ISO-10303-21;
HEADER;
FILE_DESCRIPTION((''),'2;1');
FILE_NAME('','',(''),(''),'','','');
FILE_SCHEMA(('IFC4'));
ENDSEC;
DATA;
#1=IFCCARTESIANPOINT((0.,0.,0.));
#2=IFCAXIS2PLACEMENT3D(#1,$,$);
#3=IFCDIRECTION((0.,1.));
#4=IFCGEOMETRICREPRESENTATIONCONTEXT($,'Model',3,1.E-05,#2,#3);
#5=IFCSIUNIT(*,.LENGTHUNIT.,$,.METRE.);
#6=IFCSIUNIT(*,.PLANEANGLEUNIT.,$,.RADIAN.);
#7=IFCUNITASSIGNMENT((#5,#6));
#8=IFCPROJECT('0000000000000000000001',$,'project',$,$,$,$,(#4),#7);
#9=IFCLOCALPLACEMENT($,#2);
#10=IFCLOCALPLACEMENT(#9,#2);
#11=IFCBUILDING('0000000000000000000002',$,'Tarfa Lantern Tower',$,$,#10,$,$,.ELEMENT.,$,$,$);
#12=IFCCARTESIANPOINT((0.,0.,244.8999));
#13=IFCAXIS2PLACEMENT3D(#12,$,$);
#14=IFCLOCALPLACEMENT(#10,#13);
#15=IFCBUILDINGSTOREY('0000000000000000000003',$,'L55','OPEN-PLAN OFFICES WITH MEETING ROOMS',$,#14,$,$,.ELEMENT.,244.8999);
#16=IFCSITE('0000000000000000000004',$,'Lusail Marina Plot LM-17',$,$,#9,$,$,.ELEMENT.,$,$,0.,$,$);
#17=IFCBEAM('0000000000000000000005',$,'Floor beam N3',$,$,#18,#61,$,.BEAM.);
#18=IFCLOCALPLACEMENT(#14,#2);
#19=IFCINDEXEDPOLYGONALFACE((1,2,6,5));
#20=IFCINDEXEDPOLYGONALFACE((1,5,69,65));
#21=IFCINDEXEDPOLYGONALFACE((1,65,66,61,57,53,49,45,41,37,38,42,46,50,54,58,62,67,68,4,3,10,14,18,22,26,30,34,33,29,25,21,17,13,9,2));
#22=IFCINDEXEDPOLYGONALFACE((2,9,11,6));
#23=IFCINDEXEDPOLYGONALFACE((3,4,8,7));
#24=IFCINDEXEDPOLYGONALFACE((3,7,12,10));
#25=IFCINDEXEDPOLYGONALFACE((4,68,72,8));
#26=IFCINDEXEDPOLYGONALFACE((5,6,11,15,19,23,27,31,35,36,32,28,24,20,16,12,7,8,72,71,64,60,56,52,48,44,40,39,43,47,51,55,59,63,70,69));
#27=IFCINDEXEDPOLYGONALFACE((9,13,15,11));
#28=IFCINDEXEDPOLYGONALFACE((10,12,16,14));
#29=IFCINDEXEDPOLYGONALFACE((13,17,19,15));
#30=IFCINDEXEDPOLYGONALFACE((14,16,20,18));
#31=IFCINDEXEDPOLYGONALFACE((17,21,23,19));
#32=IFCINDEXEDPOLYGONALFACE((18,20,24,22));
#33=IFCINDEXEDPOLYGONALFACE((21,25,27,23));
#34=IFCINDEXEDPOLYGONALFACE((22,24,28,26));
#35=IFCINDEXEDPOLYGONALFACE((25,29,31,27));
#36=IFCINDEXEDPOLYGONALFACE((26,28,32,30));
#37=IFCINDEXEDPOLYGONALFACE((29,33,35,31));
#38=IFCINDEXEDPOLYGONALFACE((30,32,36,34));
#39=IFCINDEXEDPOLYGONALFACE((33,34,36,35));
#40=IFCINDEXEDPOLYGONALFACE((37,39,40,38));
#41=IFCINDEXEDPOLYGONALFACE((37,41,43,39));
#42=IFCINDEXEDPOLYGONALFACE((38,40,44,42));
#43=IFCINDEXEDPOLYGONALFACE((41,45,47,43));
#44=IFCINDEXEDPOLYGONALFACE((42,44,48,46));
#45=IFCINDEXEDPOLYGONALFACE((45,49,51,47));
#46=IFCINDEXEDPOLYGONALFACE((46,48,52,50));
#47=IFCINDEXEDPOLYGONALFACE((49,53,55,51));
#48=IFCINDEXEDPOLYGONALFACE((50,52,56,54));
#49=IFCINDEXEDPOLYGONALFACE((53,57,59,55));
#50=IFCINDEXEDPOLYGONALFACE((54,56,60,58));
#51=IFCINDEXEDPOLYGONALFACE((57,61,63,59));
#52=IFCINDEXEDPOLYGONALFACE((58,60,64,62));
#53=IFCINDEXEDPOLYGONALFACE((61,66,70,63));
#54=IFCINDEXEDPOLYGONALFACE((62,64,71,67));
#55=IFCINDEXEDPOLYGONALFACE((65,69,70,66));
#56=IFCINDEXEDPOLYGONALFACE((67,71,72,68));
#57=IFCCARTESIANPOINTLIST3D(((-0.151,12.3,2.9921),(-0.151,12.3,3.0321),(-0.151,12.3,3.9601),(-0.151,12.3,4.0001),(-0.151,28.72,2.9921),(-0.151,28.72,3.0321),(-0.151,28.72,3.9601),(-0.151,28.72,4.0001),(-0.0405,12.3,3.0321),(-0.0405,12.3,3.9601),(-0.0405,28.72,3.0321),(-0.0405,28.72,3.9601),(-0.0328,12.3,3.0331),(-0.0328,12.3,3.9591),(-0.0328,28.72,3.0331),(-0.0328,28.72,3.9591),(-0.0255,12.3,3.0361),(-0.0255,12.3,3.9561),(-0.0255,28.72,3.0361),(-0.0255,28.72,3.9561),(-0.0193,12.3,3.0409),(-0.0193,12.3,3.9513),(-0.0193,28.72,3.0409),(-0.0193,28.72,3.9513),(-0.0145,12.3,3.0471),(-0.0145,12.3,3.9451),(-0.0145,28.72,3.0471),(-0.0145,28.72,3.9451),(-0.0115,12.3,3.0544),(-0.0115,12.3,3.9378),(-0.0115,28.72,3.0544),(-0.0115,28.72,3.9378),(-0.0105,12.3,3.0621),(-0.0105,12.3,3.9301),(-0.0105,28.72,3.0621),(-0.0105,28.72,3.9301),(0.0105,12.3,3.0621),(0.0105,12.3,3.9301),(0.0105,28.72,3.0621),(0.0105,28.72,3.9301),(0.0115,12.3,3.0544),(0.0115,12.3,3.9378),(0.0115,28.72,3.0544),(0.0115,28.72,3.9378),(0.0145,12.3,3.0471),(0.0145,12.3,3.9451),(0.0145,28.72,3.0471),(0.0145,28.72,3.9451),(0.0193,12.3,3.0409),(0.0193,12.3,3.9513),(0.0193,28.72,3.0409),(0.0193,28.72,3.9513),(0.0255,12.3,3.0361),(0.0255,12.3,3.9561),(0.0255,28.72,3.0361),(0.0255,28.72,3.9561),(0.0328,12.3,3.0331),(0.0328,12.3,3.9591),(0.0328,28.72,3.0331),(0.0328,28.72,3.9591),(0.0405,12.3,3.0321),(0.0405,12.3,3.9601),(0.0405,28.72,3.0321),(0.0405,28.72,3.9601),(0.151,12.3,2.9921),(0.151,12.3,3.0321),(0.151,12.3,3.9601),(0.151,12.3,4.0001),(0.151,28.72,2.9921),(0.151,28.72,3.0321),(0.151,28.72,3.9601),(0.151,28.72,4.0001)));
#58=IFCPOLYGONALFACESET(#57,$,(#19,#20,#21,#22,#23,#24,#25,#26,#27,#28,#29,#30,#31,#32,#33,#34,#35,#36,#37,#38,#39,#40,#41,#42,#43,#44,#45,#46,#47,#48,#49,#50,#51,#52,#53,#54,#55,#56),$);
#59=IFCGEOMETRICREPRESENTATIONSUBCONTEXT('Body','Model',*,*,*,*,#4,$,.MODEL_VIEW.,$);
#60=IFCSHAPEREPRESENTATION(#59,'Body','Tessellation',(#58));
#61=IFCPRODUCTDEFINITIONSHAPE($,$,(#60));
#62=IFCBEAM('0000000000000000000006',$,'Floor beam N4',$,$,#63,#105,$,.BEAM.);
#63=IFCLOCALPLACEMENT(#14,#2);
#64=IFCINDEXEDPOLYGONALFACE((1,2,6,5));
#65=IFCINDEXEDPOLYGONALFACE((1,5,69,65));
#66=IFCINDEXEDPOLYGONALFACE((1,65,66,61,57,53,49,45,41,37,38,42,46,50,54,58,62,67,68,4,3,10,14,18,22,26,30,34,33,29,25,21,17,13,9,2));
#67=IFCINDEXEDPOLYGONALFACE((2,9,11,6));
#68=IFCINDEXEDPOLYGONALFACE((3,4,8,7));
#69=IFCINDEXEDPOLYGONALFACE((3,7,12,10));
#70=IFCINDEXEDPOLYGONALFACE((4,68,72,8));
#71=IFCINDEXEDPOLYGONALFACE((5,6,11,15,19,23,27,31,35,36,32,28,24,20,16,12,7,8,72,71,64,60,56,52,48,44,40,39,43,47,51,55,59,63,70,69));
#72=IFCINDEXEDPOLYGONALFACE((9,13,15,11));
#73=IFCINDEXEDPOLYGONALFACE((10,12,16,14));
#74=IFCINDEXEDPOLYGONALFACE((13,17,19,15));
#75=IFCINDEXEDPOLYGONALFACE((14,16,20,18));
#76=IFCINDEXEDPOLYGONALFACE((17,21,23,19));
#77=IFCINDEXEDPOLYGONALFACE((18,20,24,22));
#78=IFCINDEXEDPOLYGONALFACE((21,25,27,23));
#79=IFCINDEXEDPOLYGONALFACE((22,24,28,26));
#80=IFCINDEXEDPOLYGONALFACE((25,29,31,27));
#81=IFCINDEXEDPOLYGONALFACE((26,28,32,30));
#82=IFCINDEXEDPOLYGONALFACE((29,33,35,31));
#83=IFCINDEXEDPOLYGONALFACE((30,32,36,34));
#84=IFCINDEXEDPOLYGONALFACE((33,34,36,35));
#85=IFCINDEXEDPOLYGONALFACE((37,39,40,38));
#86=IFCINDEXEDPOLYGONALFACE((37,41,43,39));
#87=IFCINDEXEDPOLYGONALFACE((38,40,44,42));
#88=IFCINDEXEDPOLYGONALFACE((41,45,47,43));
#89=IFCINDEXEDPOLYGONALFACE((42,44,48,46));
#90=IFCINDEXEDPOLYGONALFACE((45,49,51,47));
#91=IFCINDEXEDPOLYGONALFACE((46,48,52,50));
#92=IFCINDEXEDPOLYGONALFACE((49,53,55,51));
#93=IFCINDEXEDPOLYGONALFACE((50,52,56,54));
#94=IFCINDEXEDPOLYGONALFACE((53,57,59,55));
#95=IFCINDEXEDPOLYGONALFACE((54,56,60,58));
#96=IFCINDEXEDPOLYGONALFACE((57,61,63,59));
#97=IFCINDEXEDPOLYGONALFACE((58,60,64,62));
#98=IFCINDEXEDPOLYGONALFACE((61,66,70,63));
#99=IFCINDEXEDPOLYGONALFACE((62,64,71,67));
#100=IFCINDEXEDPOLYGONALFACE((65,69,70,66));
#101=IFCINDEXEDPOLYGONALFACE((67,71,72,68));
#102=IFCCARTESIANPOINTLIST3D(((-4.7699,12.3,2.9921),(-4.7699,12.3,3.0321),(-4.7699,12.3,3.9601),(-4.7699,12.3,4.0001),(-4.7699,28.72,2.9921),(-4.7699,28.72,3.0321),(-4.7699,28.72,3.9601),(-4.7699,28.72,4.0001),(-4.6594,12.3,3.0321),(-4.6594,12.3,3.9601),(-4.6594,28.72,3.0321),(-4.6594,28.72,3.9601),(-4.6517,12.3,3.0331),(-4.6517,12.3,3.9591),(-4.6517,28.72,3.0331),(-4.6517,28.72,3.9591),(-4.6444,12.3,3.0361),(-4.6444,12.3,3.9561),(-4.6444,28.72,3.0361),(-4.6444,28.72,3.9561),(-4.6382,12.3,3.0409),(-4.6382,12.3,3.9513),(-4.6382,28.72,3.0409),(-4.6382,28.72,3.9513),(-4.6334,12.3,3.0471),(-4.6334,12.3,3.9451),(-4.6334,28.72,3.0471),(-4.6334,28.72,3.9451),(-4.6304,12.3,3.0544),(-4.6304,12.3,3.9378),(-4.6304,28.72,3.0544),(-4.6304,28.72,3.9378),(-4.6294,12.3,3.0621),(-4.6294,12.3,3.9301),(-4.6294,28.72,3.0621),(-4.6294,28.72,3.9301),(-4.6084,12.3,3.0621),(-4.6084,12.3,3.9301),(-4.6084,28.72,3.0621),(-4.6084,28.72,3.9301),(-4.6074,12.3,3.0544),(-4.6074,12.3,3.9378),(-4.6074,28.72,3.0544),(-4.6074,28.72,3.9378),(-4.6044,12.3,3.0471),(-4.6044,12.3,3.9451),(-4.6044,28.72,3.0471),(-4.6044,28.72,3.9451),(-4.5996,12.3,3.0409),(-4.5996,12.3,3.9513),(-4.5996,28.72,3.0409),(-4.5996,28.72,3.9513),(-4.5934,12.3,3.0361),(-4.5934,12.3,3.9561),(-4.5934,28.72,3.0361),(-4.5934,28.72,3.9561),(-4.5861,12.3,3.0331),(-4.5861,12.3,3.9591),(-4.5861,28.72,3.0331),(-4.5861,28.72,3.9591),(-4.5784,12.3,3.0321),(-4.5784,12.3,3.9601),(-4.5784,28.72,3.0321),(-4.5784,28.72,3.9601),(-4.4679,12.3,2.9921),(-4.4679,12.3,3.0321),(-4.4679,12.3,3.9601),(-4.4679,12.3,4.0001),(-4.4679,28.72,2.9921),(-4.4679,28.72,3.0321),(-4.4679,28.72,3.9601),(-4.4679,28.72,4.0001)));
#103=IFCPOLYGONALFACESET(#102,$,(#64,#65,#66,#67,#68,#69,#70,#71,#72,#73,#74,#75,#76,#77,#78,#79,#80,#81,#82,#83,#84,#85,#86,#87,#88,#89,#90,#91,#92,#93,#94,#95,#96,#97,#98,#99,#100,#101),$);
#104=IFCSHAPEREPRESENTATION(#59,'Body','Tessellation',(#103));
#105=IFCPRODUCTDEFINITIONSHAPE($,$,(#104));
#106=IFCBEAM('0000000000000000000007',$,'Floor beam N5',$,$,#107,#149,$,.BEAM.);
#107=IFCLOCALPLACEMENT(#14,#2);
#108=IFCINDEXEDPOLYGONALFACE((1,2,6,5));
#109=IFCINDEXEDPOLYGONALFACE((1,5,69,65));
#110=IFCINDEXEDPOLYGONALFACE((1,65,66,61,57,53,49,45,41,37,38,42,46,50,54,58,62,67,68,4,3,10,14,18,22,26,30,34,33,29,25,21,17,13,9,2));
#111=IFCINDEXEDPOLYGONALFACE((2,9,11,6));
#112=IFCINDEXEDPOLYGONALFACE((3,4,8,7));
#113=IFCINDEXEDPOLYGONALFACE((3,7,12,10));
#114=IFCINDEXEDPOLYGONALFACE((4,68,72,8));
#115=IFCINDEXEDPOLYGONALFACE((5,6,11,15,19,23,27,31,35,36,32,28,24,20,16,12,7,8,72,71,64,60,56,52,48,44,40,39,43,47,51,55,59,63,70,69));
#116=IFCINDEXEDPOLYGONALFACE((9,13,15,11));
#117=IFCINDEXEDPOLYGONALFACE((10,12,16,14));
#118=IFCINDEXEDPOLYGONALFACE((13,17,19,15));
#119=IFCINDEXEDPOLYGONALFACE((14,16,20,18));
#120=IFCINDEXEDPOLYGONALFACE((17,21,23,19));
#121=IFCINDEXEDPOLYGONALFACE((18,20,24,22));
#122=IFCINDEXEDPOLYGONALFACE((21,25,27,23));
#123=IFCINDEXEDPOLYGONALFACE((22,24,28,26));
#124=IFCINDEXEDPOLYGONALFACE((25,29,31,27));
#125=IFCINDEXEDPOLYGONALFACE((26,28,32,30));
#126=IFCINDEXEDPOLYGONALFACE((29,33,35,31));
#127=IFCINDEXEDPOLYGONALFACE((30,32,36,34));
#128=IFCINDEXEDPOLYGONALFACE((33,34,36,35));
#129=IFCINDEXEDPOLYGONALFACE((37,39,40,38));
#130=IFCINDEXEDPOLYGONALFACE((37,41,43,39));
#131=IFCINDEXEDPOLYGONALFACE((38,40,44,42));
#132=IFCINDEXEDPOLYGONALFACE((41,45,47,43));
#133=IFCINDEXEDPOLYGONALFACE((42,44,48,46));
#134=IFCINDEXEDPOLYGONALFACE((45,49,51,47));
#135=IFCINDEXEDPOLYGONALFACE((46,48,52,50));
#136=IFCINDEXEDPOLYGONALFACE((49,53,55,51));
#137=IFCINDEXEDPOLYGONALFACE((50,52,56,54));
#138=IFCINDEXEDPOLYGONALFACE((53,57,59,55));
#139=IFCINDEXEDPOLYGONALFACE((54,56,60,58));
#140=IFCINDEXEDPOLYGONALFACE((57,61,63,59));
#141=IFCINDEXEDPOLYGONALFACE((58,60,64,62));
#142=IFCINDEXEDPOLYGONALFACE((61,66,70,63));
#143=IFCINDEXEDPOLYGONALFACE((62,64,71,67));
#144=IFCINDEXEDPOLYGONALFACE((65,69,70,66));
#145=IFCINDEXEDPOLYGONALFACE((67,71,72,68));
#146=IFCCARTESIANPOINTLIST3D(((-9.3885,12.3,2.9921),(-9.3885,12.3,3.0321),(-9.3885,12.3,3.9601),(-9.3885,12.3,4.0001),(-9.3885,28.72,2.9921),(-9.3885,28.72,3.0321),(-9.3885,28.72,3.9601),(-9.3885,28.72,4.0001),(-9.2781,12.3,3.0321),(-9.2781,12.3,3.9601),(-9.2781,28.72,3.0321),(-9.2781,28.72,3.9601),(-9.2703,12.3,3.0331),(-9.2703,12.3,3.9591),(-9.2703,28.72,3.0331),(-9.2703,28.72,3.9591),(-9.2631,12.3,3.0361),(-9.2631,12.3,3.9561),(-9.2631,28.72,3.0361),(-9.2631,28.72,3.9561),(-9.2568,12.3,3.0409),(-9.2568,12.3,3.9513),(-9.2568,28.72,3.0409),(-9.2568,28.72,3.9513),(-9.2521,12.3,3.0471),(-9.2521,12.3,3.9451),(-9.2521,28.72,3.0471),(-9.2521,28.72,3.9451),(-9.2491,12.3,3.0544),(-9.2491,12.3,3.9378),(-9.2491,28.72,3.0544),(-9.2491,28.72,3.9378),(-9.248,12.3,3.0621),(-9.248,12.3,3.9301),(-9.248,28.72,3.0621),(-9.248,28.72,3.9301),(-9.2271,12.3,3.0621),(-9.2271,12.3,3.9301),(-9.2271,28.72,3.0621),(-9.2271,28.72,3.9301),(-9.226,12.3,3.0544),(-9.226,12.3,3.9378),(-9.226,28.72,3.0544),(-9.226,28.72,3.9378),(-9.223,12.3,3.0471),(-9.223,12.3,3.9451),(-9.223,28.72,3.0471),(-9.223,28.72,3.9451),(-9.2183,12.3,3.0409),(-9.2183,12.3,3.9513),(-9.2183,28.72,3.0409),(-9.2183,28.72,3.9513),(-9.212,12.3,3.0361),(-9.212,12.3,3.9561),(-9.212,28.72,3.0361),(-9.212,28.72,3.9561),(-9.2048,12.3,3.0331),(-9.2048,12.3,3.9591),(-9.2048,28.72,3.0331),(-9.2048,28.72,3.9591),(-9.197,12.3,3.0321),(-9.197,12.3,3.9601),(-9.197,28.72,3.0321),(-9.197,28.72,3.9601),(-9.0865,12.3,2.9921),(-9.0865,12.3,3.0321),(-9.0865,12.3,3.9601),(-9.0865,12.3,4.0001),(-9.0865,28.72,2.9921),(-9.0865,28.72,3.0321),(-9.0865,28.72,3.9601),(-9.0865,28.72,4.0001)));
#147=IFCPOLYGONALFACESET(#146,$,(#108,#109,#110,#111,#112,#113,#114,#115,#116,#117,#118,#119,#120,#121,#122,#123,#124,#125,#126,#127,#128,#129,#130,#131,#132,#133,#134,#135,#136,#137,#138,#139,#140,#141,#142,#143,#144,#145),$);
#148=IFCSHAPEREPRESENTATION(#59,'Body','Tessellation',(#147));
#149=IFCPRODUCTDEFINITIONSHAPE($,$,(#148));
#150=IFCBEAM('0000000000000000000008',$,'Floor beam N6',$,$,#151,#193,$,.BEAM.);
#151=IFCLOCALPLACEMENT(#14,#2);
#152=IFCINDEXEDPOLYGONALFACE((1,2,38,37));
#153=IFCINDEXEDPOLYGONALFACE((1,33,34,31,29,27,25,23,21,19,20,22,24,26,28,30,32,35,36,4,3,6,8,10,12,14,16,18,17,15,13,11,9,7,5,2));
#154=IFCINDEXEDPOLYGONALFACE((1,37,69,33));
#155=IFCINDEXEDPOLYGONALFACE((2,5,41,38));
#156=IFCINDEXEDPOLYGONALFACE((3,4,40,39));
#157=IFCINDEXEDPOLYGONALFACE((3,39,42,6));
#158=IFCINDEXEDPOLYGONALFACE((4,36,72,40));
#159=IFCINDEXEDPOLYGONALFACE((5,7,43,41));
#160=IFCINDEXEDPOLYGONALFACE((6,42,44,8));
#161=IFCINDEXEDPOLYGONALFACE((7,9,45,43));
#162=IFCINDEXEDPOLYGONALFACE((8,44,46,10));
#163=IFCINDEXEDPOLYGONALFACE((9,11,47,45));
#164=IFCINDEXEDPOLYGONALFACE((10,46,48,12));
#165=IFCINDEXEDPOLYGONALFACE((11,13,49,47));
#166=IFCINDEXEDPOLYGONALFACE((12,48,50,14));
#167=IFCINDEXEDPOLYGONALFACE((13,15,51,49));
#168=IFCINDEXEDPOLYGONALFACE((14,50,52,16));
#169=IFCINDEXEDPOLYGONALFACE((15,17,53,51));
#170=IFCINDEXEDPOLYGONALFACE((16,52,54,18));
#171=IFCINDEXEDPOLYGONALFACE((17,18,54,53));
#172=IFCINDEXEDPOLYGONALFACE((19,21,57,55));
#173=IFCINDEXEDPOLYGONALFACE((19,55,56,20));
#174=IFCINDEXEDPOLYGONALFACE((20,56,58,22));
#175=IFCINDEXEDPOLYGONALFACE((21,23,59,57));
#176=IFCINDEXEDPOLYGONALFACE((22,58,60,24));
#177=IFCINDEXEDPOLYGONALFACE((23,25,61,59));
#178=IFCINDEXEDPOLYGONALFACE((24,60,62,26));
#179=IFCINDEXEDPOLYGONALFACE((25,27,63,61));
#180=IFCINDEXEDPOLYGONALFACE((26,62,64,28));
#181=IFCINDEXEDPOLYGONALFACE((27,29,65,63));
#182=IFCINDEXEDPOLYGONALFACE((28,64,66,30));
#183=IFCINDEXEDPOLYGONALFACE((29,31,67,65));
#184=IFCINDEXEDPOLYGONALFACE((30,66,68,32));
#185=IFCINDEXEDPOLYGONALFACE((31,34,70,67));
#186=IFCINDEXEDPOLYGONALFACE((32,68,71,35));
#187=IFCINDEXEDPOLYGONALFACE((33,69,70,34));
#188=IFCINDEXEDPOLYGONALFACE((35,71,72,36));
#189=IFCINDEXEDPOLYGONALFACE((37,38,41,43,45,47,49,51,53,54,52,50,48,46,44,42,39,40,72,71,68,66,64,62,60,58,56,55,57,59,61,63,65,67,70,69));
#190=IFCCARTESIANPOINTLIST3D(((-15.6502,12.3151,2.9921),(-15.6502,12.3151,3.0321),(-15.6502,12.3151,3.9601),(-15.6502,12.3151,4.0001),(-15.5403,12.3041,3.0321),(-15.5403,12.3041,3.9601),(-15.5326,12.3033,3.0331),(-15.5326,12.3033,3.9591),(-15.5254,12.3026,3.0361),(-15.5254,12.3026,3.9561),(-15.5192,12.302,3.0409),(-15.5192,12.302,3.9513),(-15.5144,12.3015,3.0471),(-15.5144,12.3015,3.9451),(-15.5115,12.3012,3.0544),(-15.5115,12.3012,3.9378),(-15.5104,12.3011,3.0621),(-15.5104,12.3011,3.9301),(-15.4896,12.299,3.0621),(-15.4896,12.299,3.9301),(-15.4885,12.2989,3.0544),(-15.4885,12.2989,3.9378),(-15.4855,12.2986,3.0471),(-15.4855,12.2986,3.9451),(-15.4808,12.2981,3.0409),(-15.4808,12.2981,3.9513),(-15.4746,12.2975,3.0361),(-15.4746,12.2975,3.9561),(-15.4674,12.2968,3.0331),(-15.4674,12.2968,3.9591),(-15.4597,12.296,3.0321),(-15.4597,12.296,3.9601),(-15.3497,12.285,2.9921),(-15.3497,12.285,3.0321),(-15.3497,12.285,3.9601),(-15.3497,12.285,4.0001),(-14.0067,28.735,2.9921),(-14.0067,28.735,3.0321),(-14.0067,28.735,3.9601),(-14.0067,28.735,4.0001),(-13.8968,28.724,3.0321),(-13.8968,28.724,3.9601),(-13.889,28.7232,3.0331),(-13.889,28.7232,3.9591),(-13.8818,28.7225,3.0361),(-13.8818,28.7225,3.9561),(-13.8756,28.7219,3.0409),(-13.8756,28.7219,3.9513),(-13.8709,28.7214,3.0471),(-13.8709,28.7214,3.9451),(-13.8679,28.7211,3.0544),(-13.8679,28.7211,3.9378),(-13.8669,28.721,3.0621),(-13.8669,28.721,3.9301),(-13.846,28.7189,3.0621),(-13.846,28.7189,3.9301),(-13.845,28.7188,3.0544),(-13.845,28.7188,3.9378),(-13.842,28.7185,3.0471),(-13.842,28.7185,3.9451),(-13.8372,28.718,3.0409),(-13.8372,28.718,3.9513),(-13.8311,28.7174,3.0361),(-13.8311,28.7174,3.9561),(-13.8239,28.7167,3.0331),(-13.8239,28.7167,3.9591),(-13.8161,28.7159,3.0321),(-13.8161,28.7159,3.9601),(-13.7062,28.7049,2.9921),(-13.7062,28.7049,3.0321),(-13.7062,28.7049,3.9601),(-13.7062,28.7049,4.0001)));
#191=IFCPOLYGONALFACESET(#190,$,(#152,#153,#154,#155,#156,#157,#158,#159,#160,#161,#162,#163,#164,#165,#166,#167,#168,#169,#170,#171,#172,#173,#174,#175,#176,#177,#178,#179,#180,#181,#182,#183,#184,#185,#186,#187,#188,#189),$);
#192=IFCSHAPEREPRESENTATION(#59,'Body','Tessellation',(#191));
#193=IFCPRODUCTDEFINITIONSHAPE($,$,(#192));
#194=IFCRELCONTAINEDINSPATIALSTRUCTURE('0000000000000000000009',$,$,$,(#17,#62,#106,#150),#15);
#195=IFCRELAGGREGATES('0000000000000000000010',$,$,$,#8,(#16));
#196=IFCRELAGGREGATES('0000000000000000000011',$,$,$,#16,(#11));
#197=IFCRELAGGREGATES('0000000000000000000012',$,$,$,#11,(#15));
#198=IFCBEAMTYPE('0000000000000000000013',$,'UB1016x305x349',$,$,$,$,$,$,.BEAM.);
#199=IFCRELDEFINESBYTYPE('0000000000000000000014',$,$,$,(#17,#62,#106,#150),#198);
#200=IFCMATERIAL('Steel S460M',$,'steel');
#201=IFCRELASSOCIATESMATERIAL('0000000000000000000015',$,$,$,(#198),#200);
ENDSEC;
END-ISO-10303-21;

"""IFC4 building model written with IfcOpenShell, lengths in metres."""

from ifc_helpers import new_model, si_unit, direction, frame, origin, origin_2d, place, context, subcontext, project, spatial, i_section, extrude, material, material_profile, profile_set, type_object, element, save


model = new_model("IFC4")

# Units and contexts
model_context = context("Model", 3, precision=1e-05, world=origin(), true_north=direction((0.0, 1.0)))
body_context = subcontext(model_context, "Body", "Model", "MODEL_VIEW")
ifc_project = project(units=[si_unit("LENGTHUNIT", "METRE"), si_unit("PLANEANGLEUNIT", "RADIAN")], contexts=[model_context])

# Site, building, storey
site_placement = place(None, origin())
site = spatial("IfcSite", under=ifc_project, at=site_placement, Name="Lusail Marina Plot LM-17", CompositionType="ELEMENT", RefElevation=0.0)
building_placement = place(site_placement, origin())
building = spatial("IfcBuilding", under=site, at=building_placement, Name="Tarfa Lantern Tower", CompositionType="ELEMENT")
storey_placement = place(building_placement, frame((0.0, 0.0, 244.8999)))
storey = spatial("IfcBuildingStorey", under=building, at=storey_placement, Name="L55", Description="OPEN-PLAN OFFICES WITH MEETING ROOMS", CompositionType="ELEMENT", Elevation=244.8999)

# Beams
ifc_material_1 = material(Name="Steel S460M", Category="steel")
ifc_material_profile_1 = material_profile(ifc_material_1, i_section(OverallWidth=0.302, OverallDepth=1.0081, WebThickness=0.021, FlangeThickness=0.04, FilletRadius=0.03, at=origin_2d()), Name="UB1016x305x349")
ifc_profile_set_1 = profile_set([ifc_material_profile_1], Name="Steel S460M")
beam_type_1 = type_object("IfcBeamType", Name="UB1016x305x349", PredefinedType="BEAM", material=ifc_profile_set_1)
for number, where, z_axis, x_axis, name in (
    (1, (0.0, 28.72, 3.4961), (0.0, -1.0, 0.0), (1.0, 0.0, 0.0), "Floor beam N3"),
    (2, (-4.6189, 28.72, 3.4961), (0.0, -1.0, 0.0), (1.0, 0.0, 0.0), "Floor beam N4"),
    (3, (-9.2375, 28.72, 3.4961), (0.0, -1.0, 0.0), (1.0, 0.0, 0.0), "Floor beam N5"),
):
    element("IfcBeam", number, at=place(storey_placement, frame(where, z_axis=z_axis, x_axis=x_axis)), inside=storey, type_object=beam_type_1, Name=name, PredefinedType="BEAM", context=body_context, shape_type="SweptSolid", body=[
        extrude(i_section(OverallWidth=0.302, OverallDepth=1.0081, WebThickness=0.021, FlangeThickness=0.04, FilletRadius=0.03, at=origin_2d()), origin(), (0.0, 0.0, 1.0), 16.4199),
    ])
beam_1_placement = place(storey_placement, frame((-13.8564, 28.72, 3.4961), z_axis=(-0.099597, -0.995028, 0.0), x_axis=(0.995028, -0.099597, 0.0)))
element("IfcBeam", 4, at=beam_1_placement, inside=storey, type_object=beam_type_1, Name="Floor beam N6", PredefinedType="BEAM", context=body_context, shape_type="SweptSolid", body=[
    extrude(i_section(OverallWidth=0.302, OverallDepth=1.0081, WebThickness=0.021, FlangeThickness=0.04, FilletRadius=0.03, at=origin_2d()), origin(), (0.0, 0.0, 1.0), 16.502),
])

save(model, "model.ifc")
